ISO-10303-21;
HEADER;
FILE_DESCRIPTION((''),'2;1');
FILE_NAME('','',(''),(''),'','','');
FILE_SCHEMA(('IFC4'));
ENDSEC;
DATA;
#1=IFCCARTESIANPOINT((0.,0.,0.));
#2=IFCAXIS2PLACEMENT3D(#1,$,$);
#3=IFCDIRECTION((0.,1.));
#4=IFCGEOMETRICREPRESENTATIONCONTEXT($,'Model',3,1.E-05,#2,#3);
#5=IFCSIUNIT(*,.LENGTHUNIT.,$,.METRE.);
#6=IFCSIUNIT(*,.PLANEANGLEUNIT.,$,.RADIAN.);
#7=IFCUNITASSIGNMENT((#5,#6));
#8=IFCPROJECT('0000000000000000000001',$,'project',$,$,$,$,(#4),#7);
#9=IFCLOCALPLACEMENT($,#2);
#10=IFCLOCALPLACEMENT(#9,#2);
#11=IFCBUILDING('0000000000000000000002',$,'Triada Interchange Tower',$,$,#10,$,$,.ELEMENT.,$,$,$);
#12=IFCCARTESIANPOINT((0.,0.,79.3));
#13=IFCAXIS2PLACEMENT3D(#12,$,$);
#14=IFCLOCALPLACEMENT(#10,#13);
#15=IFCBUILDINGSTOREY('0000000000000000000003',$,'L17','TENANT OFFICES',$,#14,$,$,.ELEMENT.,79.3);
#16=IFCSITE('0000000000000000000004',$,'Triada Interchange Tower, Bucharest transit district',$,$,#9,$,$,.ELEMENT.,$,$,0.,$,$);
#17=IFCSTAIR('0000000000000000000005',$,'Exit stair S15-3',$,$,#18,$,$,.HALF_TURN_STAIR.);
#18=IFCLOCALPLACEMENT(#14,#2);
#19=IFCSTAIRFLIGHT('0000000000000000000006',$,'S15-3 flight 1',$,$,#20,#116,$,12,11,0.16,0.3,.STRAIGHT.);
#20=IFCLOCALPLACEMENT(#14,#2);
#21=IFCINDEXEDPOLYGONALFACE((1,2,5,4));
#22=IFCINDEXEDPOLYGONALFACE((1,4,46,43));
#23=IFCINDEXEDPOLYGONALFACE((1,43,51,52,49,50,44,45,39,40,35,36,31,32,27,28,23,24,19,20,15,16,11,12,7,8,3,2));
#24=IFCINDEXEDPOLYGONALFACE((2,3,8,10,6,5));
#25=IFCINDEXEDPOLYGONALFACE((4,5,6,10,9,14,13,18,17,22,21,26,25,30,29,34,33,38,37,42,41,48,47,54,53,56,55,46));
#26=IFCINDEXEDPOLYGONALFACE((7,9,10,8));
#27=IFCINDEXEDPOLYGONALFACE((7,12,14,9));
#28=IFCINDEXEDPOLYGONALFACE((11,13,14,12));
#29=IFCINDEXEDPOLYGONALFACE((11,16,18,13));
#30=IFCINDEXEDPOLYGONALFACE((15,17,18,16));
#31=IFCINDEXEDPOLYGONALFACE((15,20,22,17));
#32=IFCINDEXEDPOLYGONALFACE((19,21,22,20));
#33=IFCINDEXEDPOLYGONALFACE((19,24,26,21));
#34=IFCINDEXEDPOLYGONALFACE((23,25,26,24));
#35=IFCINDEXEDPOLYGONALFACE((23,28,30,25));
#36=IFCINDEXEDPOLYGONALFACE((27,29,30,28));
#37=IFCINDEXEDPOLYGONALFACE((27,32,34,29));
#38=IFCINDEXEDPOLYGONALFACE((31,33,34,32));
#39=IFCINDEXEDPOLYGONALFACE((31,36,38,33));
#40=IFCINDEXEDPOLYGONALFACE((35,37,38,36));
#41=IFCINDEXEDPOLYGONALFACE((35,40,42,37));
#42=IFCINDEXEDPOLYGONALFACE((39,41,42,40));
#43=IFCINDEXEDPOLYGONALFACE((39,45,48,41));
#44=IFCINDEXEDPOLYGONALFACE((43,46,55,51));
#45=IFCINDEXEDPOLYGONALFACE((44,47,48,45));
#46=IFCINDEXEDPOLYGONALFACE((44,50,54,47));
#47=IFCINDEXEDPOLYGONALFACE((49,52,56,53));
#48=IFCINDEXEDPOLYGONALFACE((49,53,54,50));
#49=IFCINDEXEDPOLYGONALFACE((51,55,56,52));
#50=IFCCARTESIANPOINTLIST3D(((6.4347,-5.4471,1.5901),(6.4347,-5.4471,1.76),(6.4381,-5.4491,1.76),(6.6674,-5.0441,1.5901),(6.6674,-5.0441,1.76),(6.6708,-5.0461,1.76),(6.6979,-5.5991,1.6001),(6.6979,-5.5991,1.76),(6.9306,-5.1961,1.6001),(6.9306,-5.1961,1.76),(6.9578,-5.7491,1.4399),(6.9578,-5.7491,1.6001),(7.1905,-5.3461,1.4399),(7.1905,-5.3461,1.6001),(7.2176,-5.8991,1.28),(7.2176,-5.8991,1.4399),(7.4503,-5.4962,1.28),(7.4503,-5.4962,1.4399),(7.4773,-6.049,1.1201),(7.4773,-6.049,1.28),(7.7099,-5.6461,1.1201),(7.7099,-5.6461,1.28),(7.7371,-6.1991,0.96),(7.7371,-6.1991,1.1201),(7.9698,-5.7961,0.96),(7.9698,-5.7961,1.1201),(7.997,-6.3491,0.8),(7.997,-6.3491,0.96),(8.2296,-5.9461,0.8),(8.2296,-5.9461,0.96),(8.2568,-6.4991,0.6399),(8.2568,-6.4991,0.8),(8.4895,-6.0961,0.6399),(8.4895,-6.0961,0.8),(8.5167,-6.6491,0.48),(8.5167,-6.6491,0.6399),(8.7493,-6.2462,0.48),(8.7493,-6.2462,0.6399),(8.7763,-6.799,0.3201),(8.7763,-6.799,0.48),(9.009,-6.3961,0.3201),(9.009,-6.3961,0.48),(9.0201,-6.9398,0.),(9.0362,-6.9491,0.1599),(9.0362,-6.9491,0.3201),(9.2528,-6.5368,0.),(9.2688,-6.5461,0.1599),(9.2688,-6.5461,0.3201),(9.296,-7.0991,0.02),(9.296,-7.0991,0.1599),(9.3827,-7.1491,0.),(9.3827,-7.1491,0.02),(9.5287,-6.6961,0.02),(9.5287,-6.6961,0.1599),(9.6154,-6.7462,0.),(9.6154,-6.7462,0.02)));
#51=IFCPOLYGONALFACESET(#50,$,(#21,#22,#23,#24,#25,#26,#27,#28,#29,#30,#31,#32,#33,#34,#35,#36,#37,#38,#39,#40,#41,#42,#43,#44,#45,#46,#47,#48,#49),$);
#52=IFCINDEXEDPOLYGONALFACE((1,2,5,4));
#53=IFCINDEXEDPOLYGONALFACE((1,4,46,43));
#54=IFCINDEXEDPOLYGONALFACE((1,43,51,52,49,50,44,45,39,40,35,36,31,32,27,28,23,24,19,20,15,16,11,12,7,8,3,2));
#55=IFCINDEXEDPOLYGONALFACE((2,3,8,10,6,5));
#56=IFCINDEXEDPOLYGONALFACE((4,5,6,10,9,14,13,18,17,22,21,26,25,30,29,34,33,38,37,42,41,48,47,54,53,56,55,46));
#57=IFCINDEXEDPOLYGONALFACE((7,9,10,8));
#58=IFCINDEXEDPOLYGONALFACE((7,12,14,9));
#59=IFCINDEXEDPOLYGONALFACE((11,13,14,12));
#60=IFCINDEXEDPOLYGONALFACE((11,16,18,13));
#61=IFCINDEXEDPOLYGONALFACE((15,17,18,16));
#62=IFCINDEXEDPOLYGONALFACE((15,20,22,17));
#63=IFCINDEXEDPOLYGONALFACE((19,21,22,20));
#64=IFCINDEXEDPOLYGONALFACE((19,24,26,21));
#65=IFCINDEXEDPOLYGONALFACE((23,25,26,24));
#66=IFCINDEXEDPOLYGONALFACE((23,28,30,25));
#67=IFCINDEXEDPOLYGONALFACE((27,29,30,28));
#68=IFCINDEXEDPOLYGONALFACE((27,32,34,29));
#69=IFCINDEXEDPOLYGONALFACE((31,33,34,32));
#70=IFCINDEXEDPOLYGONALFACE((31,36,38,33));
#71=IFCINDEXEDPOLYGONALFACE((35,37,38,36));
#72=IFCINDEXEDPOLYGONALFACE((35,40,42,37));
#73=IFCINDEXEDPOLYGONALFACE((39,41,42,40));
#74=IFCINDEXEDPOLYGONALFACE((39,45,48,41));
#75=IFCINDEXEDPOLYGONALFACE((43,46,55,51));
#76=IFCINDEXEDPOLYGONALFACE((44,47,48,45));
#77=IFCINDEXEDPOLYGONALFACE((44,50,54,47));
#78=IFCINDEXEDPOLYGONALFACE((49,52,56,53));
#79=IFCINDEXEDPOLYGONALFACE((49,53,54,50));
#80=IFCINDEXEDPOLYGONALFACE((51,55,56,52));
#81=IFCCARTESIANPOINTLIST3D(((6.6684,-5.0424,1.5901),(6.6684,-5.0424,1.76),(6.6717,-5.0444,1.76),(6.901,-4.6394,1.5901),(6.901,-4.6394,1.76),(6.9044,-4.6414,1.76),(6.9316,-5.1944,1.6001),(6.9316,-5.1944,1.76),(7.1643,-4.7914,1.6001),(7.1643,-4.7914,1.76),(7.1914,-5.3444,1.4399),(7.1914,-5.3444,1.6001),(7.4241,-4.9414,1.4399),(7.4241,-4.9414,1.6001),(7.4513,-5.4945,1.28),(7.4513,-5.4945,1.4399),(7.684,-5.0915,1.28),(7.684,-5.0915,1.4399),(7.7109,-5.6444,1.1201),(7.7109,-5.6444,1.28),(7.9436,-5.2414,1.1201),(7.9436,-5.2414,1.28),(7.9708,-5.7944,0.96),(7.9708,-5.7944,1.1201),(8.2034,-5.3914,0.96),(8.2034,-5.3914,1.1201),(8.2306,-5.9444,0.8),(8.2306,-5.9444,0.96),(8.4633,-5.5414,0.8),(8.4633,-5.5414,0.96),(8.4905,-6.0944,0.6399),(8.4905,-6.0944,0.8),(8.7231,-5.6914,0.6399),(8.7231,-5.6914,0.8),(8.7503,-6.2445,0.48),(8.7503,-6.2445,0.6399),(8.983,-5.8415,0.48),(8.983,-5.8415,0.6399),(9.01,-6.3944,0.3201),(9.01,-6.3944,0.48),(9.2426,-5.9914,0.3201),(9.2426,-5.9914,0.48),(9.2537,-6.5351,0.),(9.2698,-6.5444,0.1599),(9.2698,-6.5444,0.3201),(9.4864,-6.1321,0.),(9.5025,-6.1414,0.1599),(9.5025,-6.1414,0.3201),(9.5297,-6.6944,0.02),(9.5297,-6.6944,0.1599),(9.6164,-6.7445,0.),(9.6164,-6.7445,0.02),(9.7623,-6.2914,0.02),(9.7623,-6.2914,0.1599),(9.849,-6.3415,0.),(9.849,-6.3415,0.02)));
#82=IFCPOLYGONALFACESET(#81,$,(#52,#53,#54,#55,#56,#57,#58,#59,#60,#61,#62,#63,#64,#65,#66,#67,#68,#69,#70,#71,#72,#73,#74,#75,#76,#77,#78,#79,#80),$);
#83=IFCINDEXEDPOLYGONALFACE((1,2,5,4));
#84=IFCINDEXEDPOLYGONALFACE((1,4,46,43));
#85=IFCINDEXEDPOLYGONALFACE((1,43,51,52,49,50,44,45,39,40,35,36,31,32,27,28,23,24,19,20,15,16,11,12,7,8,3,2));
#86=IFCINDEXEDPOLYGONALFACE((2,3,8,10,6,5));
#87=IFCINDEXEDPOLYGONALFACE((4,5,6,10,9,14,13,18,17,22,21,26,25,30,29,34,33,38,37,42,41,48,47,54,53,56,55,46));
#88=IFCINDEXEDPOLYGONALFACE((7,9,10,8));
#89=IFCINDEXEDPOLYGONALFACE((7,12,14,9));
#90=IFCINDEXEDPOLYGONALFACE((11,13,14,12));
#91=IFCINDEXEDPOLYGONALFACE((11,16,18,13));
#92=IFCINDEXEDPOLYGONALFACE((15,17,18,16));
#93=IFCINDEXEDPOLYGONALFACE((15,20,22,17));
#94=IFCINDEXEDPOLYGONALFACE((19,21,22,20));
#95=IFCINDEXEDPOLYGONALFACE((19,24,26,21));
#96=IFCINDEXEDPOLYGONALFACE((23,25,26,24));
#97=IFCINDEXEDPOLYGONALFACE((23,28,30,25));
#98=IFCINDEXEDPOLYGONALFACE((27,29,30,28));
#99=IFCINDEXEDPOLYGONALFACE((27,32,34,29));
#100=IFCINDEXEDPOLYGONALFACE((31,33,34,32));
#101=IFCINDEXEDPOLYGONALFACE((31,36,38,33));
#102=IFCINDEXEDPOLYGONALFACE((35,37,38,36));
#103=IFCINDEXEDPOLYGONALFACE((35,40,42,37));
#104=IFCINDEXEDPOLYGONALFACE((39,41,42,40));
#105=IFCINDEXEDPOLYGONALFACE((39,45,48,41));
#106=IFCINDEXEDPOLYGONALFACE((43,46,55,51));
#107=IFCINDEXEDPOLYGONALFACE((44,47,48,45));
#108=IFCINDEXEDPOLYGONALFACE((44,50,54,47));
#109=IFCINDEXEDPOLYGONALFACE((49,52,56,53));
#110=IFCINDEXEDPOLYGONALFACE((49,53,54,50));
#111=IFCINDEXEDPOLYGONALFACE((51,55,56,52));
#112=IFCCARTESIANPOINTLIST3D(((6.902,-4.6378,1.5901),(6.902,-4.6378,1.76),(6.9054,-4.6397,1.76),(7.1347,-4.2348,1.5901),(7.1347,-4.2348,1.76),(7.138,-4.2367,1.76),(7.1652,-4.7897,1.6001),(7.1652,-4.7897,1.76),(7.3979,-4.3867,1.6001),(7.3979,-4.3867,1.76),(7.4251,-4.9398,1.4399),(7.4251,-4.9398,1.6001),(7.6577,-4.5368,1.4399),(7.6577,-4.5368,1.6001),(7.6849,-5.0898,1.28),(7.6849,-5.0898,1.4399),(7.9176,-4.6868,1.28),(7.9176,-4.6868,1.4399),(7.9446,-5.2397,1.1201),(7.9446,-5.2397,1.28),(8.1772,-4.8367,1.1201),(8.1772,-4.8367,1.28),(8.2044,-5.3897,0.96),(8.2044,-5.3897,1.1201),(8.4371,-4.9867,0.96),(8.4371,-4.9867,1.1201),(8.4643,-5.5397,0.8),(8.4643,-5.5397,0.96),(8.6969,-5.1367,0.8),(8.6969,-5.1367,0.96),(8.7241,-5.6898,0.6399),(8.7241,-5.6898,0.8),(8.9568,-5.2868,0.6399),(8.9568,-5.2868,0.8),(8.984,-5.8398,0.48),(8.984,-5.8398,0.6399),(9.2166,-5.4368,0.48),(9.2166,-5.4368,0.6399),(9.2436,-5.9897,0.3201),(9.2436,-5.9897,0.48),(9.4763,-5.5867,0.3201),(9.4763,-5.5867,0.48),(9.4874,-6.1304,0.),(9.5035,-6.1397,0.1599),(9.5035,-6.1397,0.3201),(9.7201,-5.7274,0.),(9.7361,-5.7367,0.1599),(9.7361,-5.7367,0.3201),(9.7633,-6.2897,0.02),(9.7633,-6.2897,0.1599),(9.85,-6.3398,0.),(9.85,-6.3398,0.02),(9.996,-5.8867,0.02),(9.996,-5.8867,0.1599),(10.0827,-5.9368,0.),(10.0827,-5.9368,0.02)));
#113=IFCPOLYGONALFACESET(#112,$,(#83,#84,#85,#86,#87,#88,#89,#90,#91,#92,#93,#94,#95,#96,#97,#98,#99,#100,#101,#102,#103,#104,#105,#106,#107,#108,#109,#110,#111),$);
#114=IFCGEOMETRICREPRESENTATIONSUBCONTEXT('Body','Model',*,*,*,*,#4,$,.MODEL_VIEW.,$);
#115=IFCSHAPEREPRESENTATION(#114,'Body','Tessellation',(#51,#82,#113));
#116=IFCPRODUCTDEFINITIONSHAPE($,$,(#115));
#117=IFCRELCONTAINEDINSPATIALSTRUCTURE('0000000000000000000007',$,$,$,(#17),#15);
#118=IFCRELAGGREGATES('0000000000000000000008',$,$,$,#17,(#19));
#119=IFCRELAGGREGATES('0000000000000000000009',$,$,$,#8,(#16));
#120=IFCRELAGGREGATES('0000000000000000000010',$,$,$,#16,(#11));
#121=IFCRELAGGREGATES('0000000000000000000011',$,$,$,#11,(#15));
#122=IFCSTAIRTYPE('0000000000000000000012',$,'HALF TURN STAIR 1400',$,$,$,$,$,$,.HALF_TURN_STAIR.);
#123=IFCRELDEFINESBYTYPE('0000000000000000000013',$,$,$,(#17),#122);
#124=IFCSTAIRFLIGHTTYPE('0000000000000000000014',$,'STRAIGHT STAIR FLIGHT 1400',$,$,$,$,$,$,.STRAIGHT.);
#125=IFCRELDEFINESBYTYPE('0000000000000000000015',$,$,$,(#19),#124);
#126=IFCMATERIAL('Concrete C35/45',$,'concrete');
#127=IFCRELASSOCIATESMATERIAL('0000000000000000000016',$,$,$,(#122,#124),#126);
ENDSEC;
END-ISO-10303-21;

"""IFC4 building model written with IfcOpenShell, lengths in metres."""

from ifc_helpers import new_model, si_unit, direction, frame, origin, place, context, subcontext, project, spatial, polyline, outline, extrude, material, type_object, element, aggregate, save


model = new_model("IFC4")

# Units and contexts
model_context = context("Model", 3, precision=1e-05, world=origin(), true_north=direction((0.0, 1.0)))
body_context = subcontext(model_context, "Body", "Model", "MODEL_VIEW")
ifc_project = project(units=[si_unit("LENGTHUNIT", "METRE"), si_unit("PLANEANGLEUNIT", "RADIAN")], contexts=[model_context])

# Site, building, storey
site_placement = place(None, origin())
site = spatial("IfcSite", under=ifc_project, at=site_placement, Name="Triada Interchange Tower, Bucharest transit district", CompositionType="ELEMENT", RefElevation=0.0)
building_placement = place(site_placement, origin())
building = spatial("IfcBuilding", under=site, at=building_placement, Name="Triada Interchange Tower", CompositionType="ELEMENT")
storey_placement = place(building_placement, frame((0.0, 0.0, 79.3)))
storey = spatial("IfcBuildingStorey", under=building, at=storey_placement, Name="L17", Description="TENANT OFFICES", CompositionType="ELEMENT", Elevation=79.3)

# Stair, stair flight
ifc_material_1 = material(Name="Concrete C35/45", Category="concrete")
stair_type = type_object("IfcStairType", Name="HALF TURN STAIR 1400", PredefinedType="HALF_TURN_STAIR", material=ifc_material_1)
stair_placement = place(storey_placement, origin())
stair = element("IfcStair", 1, at=stair_placement, inside=storey, type_object=stair_type, Name="Exit stair S15-3", PredefinedType="HALF_TURN_STAIR")
stair_flight_type = type_object("IfcStairFlightType", Name="STRAIGHT STAIR FLIGHT 1400", PredefinedType="STRAIGHT", material=ifc_material_1)
stair_flight_1_placement = place(storey_placement, frame((9.646, -6.4929, 0.0), z_axis=(0.0, 0.0, 1.0), x_axis=(-0.866025, 0.5, 0.0)))
stair_flight_1 = element("IfcStairFlight", 2, at=stair_flight_1_placement, type_object=stair_flight_type, Name="S15-3 flight 1", NumberOfRisers=12, NumberOfTreads=11, PredefinedType="STRAIGHT", RiserHeight=0.16, TreadLength=0.3, context=body_context, shape_type="SweptSolid", body=[
    extrude(outline(polyline([(-0.1001, 0.0), (-0.1001, 0.02), (0.0, 0.02), (0.0, 0.1599), (0.3, 0.1599), (0.3, 0.3201), (0.6001, 0.3201), (0.6001, 0.48), (0.8999, 0.48), (0.8999, 0.6399), (1.2, 0.6399), (1.2, 0.8), (1.5, 0.8), (1.5, 0.96), (1.8, 0.96), (1.8, 1.1201), (2.1001, 1.1201), (2.1001, 1.28), (2.3999, 1.28), (2.3999, 1.4399), (2.7, 1.4399), (2.7, 1.6001), (3.0, 1.6001), (3.0, 1.76), (3.3, 1.76), (3.304, 1.76), (3.304, 1.9199), (3.304, 1.5901), (0.3186, 0.0), (-0.1001, 0.0)])), frame((0.0, 0.7, 0.0), z_axis=(0.0, -1.0, 0.0), x_axis=(1.0, 0.0, 0.0)), (0.0, 0.0, 1.0), 0.4653),
    extrude(outline(polyline([(-0.1001, 0.0), (-0.1001, 0.02), (0.0, 0.02), (0.0, 0.1599), (0.3, 0.1599), (0.3, 0.3201), (0.6001, 0.3201), (0.6001, 0.48), (0.8999, 0.48), (0.8999, 0.6399), (1.2, 0.6399), (1.2, 0.8), (1.5, 0.8), (1.5, 0.96), (1.8, 0.96), (1.8, 1.1201), (2.1001, 1.1201), (2.1001, 1.28), (2.3999, 1.28), (2.3999, 1.4399), (2.7, 1.4399), (2.7, 1.6001), (3.0, 1.6001), (3.0, 1.76), (3.3, 1.76), (3.304, 1.76), (3.304, 1.9199), (3.304, 1.5901), (0.3186, 0.0), (-0.1001, 0.0)])), frame((0.0, 0.2327, 0.0), z_axis=(0.0, -1.0, 0.0), x_axis=(1.0, 0.0, 0.0)), (0.0, 0.0, 1.0), 0.4653),
    extrude(outline(polyline([(-0.1001, 0.0), (-0.1001, 0.02), (0.0, 0.02), (0.0, 0.1599), (0.3, 0.1599), (0.3, 0.3201), (0.6001, 0.3201), (0.6001, 0.48), (0.8999, 0.48), (0.8999, 0.6399), (1.2, 0.6399), (1.2, 0.8), (1.5, 0.8), (1.5, 0.96), (1.8, 0.96), (1.8, 1.1201), (2.1001, 1.1201), (2.1001, 1.28), (2.3999, 1.28), (2.3999, 1.4399), (2.7, 1.4399), (2.7, 1.6001), (3.0, 1.6001), (3.0, 1.76), (3.3, 1.76), (3.304, 1.76), (3.304, 1.9199), (3.304, 1.5901), (0.3186, 0.0), (-0.1001, 0.0)])), frame((0.0, -0.2346, 0.0), z_axis=(0.0, -1.0, 0.0), x_axis=(1.0, 0.0, 0.0)), (0.0, 0.0, 1.0), 0.4653),
])
aggregate(stair, [stair_flight_1])

save(model, "model.ifc")
